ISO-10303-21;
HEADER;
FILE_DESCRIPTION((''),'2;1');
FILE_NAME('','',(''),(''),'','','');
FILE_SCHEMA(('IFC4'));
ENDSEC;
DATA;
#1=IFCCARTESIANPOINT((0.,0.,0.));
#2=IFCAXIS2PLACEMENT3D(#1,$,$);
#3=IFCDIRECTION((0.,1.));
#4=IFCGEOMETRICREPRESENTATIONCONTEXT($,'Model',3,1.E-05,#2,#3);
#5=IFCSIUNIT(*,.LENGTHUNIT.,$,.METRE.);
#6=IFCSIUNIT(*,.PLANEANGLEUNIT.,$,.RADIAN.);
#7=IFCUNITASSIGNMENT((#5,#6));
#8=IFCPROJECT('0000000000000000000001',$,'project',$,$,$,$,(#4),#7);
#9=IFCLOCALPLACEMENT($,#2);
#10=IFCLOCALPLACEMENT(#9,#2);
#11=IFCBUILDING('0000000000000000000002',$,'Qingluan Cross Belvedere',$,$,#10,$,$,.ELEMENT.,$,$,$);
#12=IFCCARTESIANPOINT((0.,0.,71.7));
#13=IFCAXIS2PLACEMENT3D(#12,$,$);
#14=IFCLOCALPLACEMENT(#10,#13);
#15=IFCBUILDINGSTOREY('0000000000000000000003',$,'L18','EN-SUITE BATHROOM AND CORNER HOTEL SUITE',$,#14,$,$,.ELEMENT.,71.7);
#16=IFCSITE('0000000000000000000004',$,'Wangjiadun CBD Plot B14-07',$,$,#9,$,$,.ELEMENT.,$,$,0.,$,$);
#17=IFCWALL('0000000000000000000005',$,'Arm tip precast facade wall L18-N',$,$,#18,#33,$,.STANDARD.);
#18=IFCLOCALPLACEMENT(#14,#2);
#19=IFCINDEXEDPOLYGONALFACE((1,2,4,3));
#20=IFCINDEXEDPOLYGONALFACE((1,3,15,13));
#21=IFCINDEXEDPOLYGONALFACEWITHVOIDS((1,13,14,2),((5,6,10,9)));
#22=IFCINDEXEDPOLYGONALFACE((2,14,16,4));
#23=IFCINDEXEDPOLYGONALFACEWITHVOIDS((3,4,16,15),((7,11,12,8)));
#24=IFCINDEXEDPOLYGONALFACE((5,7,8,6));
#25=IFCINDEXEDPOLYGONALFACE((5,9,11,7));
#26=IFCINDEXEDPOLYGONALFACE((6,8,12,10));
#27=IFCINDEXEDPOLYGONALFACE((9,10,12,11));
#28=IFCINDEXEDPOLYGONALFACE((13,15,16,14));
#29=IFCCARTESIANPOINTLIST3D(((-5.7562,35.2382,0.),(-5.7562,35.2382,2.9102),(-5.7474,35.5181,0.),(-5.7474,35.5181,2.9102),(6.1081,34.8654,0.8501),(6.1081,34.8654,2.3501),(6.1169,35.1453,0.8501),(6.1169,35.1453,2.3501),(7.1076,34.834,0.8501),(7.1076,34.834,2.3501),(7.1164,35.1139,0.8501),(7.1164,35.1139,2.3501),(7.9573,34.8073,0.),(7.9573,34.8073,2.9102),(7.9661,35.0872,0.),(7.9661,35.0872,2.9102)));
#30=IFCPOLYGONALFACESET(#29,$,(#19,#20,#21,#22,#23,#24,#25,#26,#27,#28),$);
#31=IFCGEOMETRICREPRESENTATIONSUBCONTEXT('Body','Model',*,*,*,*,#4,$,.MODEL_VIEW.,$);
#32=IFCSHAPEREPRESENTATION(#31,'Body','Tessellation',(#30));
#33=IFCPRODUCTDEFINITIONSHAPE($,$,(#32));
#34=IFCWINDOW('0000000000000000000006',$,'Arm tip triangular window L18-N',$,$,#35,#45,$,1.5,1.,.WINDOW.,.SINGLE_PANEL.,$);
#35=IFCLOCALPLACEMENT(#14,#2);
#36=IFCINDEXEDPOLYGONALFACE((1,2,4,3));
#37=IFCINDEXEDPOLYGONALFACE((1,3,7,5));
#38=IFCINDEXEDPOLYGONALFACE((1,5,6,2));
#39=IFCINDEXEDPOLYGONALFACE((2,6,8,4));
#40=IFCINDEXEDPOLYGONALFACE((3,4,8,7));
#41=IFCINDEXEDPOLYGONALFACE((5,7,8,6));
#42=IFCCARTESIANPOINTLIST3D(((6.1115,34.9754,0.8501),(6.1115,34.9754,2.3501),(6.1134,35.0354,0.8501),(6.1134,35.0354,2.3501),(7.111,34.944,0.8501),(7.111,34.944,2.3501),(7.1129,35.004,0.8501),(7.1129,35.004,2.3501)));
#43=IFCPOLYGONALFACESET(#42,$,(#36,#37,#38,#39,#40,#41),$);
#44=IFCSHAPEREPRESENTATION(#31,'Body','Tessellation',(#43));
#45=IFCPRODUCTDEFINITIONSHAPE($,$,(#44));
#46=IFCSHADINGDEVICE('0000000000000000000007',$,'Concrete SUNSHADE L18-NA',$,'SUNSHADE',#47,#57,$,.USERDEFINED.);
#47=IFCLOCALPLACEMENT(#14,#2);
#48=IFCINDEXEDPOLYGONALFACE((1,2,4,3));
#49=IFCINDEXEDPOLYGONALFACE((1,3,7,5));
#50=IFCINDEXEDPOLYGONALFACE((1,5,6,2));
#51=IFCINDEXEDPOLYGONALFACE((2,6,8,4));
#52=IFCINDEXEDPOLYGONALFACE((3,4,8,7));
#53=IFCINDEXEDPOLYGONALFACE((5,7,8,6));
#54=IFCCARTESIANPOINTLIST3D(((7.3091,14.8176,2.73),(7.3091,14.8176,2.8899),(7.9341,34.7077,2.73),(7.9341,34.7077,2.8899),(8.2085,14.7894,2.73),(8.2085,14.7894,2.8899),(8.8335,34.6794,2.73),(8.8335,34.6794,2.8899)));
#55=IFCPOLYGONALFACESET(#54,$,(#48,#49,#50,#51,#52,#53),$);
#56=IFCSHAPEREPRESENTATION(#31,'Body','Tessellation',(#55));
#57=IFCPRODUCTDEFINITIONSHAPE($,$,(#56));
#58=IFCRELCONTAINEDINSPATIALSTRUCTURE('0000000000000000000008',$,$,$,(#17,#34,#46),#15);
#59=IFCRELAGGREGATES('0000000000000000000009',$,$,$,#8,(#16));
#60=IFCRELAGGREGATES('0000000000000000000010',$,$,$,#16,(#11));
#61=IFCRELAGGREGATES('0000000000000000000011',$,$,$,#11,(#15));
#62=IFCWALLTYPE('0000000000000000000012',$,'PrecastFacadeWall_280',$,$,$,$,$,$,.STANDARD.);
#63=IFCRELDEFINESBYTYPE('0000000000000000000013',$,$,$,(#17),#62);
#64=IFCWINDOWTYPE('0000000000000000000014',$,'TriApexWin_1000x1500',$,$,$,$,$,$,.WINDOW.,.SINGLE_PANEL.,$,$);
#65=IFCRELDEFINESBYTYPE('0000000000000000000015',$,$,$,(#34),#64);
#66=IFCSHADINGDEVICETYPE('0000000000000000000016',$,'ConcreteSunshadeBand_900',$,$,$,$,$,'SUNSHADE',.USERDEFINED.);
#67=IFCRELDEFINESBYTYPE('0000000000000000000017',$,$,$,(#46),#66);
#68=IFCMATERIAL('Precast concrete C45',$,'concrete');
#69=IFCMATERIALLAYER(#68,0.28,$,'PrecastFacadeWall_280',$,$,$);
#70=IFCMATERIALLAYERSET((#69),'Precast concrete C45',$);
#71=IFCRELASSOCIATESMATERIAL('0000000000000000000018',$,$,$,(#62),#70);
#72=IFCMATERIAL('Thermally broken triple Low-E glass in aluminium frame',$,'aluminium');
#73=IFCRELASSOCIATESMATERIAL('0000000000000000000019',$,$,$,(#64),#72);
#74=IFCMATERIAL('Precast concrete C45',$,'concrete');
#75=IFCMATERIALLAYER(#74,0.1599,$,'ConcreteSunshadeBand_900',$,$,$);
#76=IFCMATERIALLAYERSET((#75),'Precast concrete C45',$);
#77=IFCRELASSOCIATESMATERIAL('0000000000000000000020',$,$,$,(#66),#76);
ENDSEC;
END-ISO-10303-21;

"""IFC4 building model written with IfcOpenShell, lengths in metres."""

from ifc_helpers import new_model, si_unit, direction, frame, frame_2d, origin, origin_2d, place, context, subcontext, project, spatial, rectangle, extrude, material, layer, layer_set, type_object, element, fill, save


model = new_model("IFC4")

# Units and contexts
model_context = context("Model", 3, precision=1e-05, world=origin(), true_north=direction((0.0, 1.0)))
body_context = subcontext(model_context, "Body", "Model", "MODEL_VIEW")
ifc_project = project(units=[si_unit("LENGTHUNIT", "METRE"), si_unit("PLANEANGLEUNIT", "RADIAN")], contexts=[model_context])

# Site, building, storey
site_placement = place(None, origin())
site = spatial("IfcSite", under=ifc_project, at=site_placement, Name="Wangjiadun CBD Plot B14-07", CompositionType="ELEMENT", RefElevation=0.0)
building_placement = place(site_placement, origin())
building = spatial("IfcBuilding", under=site, at=building_placement, Name="Qingluan Cross Belvedere", CompositionType="ELEMENT")
storey_placement = place(building_placement, frame((0.0, 0.0, 71.7)))
storey = spatial("IfcBuildingStorey", under=building, at=storey_placement, Name="L18", Description="EN-SUITE BATHROOM AND CORNER HOTEL SUITE", CompositionType="ELEMENT", Elevation=71.7)

# Wall, opening, window
ifc_material_1 = material(Name="Precast concrete C45", Category="concrete")
ifc_layer_1 = layer(ifc_material_1, 0.28, Name="PrecastFacadeWall_280")
ifc_layer_set_1 = layer_set([ifc_layer_1], Name="Precast concrete C45")
wall_type_1 = type_object("IfcWallType", Name="PrecastFacadeWall_280", PredefinedType="STANDARD", material=ifc_layer_set_1)
wall_1_placement = place(storey_placement, frame((7.9617, 34.9473, 0.0), z_axis=(0.0, 0.0, 1.0), x_axis=(-0.999507, 0.031407, 0.0)))
wall_1 = element("IfcWall", 1, at=wall_1_placement, inside=storey, type_object=wall_type_1, Name="Arm tip precast facade wall L18-N", PredefinedType="STANDARD", context=body_context, shape_type="SweptSolid", body=[
    extrude(rectangle(XDim=13.7202, YDim=0.28, at=frame_2d((6.8601, 0.0))), origin(), (0.0, 0.0, 1.0), 2.9102),
])
opening_1_placement = place(wall_1_placement, frame((0.8501, 0.0, 0.8501)))
opening_1 = element("IfcOpeningElement", 2, at=opening_1_placement, cuts=wall_1, PredefinedType="OPENING", context=body_context, shape_type="SweptSolid", body=[
    extrude(rectangle(XDim=1.0, YDim=1.5, at=frame_2d((0.5, 0.75))), frame((0.0, 0.1499, 0.0), z_axis=(0.0, -1.0, 0.0), x_axis=(1.0, 0.0, 0.0)), (0.0, 0.0, 1.0), 0.3),
])
ifc_material_2 = material(Name="Thermally broken triple Low-E glass in aluminium frame", Category="aluminium")
window_type = type_object("IfcWindowType", Name="TriApexWin_1000x1500", PartitioningType="SINGLE_PANEL", PredefinedType="WINDOW", material=ifc_material_2)
window_placement = place(opening_1_placement, origin())
window = element("IfcWindow", 3, at=window_placement, inside=storey, type_object=window_type, Name="Arm tip triangular window L18-N", OverallHeight=1.5, OverallWidth=1.0, PartitioningType="SINGLE_PANEL", PredefinedType="WINDOW", context=body_context, shape_type="SweptSolid", body=[
    extrude(rectangle(XDim=1.0, YDim=1.5, at=frame_2d((0.5, 0.75))), frame((0.0, 0.03, 0.0), z_axis=(0.0, -1.0, 0.0), x_axis=(1.0, 0.0, 0.0)), (0.0, 0.0, 1.0), 0.0601),
])
fill(opening_1, window)

# Shading device
ifc_material_3 = material(Name="Precast concrete C45", Category="concrete")
ifc_layer_2 = layer(ifc_material_3, 0.1599, Name="ConcreteSunshadeBand_900")
ifc_layer_set_2 = layer_set([ifc_layer_2], Name="Precast concrete C45")
shading_device_type = type_object("IfcShadingDeviceType", Name="ConcreteSunshadeBand_900", ElementType="SUNSHADE", PredefinedType="USERDEFINED", material=ifc_layer_set_2)
shading_device_placement = place(storey_placement, frame((8.0713, 24.7485, 2.73), z_axis=(0.0, 0.0, 1.0), x_axis=(0.031408, 0.999507, 0.0)))
element("IfcShadingDevice", 4, at=shading_device_placement, inside=storey, type_object=shading_device_type, Name="Concrete SUNSHADE L18-NA", ObjectType="SUNSHADE", PredefinedType="USERDEFINED", context=body_context, shape_type="SweptSolid", body=[
    extrude(rectangle(XDim=19.8999, YDim=0.8999, at=origin_2d()), origin(), (0.0, 0.0, 1.0), 0.1599),
])

save(model, "model.ifc")
